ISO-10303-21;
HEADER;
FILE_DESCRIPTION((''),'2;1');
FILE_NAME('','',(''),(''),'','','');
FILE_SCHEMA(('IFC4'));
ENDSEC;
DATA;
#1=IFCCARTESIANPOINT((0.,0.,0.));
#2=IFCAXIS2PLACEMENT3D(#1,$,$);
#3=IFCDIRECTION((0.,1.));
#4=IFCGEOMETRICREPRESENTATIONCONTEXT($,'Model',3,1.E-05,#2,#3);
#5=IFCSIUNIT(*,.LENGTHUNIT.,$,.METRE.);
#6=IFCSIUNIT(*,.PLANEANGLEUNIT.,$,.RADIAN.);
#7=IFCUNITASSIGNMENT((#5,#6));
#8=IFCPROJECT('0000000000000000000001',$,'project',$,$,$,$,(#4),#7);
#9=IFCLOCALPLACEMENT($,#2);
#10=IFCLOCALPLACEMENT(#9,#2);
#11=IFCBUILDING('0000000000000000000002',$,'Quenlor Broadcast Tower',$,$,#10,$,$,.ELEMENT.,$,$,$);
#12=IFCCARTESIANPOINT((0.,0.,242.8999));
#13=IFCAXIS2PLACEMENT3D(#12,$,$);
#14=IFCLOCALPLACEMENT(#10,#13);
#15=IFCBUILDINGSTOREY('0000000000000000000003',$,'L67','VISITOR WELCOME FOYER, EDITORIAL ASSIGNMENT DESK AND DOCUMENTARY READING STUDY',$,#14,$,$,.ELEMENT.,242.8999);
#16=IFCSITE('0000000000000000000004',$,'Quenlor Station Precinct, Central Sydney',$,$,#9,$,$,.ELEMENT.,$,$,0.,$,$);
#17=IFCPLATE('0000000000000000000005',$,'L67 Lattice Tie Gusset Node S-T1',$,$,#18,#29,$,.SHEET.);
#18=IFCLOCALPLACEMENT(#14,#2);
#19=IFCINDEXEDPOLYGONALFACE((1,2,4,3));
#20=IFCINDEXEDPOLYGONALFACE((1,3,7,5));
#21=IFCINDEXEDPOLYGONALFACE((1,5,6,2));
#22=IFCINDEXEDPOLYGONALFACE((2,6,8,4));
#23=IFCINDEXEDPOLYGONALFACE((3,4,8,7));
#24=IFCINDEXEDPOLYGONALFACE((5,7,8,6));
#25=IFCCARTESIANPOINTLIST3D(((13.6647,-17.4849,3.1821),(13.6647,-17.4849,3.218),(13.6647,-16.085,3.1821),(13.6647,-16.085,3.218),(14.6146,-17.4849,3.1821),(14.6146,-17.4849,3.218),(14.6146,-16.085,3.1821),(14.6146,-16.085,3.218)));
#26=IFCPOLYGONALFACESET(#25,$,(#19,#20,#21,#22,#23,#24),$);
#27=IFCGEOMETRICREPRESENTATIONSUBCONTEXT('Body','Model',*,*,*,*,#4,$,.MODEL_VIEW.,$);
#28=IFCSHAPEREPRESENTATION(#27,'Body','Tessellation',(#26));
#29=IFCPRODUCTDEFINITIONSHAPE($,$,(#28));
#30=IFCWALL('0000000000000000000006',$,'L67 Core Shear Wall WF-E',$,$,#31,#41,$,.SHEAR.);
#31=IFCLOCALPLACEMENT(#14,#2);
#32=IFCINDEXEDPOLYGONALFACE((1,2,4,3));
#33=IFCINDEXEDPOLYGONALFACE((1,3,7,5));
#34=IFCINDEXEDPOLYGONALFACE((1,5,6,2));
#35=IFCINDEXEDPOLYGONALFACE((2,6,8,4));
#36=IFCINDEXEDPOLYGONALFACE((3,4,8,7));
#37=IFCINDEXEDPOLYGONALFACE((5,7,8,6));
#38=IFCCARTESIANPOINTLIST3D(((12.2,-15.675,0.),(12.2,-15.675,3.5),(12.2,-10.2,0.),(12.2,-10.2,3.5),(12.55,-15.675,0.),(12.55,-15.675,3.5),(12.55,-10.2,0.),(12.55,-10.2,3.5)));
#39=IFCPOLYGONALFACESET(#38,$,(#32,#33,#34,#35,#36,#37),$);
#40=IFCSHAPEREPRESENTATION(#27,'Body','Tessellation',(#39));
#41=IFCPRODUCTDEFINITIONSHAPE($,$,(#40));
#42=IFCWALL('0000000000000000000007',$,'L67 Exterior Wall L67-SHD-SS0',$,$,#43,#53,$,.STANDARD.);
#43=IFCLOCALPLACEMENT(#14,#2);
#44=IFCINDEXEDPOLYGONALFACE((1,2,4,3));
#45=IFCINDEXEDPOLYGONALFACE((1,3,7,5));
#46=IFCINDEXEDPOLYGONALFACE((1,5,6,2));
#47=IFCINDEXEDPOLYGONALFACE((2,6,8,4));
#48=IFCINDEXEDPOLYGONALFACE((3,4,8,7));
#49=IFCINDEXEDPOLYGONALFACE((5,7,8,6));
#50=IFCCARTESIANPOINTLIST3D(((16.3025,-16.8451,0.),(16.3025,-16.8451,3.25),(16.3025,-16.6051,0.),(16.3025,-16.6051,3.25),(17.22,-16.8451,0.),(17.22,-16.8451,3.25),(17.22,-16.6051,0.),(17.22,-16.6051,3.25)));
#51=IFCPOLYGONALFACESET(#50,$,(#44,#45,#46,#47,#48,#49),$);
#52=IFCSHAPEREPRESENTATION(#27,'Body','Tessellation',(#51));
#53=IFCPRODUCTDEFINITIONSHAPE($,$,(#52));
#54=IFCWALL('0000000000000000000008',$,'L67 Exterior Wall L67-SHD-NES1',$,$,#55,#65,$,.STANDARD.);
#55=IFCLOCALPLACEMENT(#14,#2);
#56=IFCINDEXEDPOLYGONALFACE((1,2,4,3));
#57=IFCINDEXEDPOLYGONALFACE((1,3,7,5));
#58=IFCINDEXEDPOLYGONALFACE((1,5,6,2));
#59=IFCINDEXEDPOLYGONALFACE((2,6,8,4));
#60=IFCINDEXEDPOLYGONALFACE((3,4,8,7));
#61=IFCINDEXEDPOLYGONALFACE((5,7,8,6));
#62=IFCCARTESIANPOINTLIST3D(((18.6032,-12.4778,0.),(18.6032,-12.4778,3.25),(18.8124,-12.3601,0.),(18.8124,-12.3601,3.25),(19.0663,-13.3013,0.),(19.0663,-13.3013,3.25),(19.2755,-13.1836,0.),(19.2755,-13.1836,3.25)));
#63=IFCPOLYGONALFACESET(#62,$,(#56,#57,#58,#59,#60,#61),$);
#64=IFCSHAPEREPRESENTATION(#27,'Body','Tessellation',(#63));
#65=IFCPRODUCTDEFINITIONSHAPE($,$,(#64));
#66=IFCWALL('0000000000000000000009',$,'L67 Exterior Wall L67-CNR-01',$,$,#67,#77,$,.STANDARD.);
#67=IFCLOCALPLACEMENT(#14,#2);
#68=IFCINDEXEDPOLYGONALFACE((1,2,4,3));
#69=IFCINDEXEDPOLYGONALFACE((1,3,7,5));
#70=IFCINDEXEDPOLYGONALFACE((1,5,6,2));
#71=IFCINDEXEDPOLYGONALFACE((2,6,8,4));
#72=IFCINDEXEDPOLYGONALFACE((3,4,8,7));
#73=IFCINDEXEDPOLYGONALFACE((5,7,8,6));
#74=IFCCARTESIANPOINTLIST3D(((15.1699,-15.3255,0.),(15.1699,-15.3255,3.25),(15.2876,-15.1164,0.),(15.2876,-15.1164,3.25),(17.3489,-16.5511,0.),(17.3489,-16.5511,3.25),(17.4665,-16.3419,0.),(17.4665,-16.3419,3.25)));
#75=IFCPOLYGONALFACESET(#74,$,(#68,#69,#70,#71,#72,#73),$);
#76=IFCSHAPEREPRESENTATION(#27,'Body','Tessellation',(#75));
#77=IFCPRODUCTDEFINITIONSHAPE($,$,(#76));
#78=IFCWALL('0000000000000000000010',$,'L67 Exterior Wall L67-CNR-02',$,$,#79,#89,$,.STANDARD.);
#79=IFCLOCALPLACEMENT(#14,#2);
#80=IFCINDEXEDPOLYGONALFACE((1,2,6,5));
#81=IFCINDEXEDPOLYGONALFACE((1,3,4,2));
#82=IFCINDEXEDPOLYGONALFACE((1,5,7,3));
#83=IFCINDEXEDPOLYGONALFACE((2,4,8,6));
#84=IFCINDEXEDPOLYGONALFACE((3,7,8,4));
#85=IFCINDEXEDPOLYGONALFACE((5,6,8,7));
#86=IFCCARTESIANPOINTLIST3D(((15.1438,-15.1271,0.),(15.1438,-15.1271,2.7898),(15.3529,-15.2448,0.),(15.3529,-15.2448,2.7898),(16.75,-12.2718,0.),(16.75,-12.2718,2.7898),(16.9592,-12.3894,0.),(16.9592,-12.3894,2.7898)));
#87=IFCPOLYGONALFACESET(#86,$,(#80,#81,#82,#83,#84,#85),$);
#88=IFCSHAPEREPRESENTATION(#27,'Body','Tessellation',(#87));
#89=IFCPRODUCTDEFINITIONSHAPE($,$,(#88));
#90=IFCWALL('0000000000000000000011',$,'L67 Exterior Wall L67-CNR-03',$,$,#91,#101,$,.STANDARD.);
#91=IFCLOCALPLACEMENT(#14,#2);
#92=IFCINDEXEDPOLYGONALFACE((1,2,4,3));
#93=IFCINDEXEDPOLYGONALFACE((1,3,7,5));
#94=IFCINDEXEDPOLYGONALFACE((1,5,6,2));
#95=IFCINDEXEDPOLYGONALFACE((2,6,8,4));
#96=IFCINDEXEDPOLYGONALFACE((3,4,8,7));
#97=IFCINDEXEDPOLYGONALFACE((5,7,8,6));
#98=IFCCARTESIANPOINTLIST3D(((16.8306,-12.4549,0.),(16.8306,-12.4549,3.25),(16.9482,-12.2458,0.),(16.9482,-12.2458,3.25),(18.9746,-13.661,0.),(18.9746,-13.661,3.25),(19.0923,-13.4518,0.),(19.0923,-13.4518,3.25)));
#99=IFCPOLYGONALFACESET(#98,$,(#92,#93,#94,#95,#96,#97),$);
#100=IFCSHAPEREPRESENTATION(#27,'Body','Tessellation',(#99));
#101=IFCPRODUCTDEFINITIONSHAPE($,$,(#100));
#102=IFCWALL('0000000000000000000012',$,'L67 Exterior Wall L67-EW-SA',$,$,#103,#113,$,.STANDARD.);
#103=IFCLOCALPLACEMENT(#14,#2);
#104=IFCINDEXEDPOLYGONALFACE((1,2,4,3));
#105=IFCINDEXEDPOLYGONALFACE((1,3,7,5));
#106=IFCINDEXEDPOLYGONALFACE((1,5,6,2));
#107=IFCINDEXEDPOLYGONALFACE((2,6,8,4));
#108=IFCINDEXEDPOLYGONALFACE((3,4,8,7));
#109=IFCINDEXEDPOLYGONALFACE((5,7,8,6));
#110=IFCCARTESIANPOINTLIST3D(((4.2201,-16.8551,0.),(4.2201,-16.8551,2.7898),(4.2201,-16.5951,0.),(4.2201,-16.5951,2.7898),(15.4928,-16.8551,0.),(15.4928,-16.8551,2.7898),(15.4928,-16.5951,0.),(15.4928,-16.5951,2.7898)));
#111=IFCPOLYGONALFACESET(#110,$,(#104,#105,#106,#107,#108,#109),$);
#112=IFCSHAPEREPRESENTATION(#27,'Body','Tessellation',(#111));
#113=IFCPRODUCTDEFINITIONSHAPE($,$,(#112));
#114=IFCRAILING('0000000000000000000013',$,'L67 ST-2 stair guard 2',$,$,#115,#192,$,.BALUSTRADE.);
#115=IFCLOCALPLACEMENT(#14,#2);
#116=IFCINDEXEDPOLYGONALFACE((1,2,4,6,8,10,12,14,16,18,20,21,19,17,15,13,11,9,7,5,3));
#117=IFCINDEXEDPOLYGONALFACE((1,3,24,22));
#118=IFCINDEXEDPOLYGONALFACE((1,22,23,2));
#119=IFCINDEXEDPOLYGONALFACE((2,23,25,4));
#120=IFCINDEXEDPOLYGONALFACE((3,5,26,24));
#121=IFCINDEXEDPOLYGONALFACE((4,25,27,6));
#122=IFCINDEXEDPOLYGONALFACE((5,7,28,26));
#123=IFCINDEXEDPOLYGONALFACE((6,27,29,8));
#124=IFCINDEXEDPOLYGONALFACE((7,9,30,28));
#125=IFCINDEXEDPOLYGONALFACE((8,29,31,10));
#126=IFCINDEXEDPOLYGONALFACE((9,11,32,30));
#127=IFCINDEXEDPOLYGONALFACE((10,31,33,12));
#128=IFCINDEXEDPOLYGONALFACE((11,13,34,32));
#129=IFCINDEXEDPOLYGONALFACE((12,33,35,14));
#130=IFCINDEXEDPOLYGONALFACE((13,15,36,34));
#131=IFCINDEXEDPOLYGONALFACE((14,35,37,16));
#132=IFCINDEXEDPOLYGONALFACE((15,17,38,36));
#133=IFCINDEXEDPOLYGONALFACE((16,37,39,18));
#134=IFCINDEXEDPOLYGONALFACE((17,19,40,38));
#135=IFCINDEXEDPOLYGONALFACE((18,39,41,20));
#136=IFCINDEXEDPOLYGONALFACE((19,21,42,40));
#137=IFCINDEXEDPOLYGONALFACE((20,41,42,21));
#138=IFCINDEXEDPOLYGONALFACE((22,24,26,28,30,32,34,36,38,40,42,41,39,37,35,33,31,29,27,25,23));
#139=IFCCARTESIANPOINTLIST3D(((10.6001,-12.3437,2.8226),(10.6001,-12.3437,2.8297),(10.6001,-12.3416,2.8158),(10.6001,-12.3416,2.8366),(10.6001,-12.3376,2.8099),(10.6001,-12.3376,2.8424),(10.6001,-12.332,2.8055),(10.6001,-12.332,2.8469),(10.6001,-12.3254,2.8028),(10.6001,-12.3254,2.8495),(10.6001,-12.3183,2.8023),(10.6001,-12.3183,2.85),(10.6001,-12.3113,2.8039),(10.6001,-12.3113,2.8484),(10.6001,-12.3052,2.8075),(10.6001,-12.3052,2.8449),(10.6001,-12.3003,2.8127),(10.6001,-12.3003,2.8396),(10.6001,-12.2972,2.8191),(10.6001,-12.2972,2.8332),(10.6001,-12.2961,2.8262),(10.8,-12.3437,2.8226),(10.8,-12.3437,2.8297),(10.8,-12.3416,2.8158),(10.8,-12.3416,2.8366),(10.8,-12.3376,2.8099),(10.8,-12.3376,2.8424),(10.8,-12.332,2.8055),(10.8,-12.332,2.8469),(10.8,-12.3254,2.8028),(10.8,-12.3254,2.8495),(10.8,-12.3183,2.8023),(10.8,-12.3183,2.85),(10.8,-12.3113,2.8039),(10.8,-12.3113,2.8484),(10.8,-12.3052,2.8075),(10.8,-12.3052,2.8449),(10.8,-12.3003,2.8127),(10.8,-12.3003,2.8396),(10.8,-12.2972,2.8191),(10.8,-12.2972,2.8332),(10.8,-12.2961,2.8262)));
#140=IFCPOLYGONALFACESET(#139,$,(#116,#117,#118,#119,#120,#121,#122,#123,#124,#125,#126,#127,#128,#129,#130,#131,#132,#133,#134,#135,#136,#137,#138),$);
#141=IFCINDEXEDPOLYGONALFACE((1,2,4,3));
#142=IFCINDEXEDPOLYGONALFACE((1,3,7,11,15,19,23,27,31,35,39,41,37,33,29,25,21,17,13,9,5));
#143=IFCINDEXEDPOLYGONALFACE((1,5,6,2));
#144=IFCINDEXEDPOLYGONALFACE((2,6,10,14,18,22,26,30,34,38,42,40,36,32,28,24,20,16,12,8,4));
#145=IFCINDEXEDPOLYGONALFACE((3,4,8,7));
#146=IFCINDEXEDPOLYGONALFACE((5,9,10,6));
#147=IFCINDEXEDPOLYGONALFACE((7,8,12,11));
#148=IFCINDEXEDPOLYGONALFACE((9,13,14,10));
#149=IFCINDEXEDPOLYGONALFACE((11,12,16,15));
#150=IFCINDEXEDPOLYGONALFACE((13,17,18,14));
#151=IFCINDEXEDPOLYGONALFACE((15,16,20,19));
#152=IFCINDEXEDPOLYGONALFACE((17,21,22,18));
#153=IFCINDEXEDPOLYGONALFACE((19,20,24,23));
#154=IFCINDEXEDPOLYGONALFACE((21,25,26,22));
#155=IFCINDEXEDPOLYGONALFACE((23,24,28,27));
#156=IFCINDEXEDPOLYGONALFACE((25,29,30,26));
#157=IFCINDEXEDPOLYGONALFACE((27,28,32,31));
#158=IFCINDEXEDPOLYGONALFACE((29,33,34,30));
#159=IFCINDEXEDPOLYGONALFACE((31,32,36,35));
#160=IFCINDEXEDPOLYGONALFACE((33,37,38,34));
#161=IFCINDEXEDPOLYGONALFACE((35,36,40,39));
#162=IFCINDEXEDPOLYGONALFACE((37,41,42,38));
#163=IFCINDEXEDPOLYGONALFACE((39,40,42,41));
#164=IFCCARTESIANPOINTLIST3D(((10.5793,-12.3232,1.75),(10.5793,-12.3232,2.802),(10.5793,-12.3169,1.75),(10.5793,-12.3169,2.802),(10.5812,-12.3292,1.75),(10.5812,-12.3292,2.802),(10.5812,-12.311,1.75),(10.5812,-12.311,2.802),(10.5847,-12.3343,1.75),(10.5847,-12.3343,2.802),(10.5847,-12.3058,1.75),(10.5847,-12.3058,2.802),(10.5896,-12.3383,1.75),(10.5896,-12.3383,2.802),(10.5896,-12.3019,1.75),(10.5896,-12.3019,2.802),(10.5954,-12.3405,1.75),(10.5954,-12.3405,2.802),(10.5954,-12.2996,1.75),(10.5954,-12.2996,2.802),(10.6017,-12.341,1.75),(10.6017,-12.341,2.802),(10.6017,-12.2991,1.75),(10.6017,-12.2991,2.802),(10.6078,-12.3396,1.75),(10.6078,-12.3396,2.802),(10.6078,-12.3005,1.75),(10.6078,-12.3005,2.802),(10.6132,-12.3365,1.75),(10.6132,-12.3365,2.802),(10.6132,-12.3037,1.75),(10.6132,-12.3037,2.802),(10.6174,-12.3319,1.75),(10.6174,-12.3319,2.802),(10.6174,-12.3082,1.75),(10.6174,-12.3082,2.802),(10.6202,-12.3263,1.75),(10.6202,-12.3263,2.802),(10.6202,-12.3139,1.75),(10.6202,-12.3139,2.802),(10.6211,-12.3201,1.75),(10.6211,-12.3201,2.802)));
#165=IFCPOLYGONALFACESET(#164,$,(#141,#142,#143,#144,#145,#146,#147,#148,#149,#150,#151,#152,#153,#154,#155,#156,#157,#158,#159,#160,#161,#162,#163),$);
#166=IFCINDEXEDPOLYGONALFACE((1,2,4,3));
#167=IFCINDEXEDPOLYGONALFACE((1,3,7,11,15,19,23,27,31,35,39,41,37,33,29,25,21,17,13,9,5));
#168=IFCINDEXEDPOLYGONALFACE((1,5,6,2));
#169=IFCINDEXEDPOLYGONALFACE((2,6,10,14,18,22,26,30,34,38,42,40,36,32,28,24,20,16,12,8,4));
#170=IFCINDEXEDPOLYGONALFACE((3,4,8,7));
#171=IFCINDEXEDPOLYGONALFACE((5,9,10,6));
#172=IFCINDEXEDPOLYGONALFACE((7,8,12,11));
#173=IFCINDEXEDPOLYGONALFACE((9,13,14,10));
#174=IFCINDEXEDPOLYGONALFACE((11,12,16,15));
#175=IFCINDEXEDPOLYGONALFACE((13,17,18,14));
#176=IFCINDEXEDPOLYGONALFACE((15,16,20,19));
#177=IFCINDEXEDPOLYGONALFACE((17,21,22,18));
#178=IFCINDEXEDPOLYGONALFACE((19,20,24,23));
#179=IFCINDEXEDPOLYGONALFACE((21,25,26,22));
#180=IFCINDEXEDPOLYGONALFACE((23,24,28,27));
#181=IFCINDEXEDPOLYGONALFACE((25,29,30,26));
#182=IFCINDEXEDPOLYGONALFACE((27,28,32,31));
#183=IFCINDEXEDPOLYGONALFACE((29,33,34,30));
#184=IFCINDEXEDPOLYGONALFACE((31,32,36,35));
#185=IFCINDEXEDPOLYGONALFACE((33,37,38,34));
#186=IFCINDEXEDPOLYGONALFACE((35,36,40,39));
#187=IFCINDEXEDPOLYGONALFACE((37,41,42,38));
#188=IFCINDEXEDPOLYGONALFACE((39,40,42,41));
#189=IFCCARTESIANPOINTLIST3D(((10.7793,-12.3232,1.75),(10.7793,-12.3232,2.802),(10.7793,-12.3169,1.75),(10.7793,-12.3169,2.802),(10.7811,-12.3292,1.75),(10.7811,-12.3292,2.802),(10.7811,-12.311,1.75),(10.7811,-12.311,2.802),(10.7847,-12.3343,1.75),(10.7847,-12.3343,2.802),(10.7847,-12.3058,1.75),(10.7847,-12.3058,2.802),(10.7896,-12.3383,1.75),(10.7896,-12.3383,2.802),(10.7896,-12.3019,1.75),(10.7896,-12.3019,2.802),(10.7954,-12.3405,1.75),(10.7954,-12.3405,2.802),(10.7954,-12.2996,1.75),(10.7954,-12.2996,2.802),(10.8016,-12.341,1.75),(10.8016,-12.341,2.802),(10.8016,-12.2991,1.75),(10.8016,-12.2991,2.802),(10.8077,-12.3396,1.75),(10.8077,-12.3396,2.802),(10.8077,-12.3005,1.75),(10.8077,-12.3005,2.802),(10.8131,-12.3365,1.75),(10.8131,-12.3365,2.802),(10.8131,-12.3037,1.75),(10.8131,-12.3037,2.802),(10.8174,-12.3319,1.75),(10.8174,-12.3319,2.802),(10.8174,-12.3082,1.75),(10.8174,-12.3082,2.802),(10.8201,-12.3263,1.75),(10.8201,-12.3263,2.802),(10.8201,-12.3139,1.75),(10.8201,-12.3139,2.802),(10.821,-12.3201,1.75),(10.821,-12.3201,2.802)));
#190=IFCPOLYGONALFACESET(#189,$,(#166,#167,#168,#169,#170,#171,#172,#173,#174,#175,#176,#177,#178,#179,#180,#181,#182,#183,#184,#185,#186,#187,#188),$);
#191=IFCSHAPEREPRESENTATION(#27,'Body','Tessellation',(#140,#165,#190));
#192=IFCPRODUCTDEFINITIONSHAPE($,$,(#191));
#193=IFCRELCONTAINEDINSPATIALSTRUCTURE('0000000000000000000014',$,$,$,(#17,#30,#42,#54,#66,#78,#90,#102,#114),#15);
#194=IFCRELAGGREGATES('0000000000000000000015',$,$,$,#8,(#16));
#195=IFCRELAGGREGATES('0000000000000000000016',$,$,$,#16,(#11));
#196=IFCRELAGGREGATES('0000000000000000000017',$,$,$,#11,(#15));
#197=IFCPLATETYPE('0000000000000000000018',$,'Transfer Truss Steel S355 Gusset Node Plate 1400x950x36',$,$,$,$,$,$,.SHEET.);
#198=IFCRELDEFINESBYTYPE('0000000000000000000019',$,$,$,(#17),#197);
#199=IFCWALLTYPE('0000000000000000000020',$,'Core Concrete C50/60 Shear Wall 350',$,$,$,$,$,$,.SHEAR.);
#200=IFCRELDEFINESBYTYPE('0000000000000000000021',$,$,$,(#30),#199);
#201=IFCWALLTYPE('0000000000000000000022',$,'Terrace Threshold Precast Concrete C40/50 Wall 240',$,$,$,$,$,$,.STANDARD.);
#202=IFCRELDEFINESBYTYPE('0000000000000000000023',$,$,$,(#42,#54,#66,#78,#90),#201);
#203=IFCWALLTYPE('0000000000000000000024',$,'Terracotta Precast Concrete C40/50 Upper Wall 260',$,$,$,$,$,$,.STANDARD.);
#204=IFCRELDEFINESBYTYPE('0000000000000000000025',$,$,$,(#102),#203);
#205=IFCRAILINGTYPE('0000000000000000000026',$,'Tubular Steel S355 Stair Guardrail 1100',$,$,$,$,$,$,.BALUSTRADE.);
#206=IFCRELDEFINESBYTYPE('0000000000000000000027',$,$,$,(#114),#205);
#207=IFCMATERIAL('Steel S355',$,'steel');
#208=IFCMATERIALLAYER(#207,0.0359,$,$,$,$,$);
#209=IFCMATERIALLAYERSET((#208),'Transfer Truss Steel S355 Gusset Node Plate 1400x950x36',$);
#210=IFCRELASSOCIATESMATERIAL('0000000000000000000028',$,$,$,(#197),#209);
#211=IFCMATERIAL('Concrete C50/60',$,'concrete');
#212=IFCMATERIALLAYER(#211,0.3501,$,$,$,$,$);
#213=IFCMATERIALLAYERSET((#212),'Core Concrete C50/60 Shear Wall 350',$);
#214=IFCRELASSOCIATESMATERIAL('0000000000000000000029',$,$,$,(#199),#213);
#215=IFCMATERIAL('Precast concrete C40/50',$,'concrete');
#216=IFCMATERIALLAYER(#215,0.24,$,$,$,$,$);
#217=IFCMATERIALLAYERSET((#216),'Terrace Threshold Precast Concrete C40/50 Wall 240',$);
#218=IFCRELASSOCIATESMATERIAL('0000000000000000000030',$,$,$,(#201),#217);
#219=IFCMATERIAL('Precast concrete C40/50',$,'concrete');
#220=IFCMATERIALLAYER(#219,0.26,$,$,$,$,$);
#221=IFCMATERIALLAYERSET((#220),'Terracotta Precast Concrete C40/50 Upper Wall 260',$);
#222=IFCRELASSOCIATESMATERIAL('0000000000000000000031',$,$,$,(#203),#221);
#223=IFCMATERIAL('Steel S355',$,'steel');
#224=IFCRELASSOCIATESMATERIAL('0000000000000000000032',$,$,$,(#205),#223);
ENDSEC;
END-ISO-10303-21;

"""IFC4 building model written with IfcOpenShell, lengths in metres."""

from ifc_helpers import new_model, si_unit, direction, frame, frame_2d, origin, origin_2d, place, context, subcontext, project, spatial, rectangle, circle, extrude, material, layer, layer_set, type_object, element, save


model = new_model("IFC4")

# Units and contexts
model_context = context("Model", 3, precision=1e-05, world=origin(), true_north=direction((0.0, 1.0)))
body_context = subcontext(model_context, "Body", "Model", "MODEL_VIEW")
ifc_project = project(units=[si_unit("LENGTHUNIT", "METRE"), si_unit("PLANEANGLEUNIT", "RADIAN")], contexts=[model_context])

# Site, building, storey
site_placement = place(None, origin())
site = spatial("IfcSite", under=ifc_project, at=site_placement, Name="Quenlor Station Precinct, Central Sydney", CompositionType="ELEMENT", RefElevation=0.0)
building_placement = place(site_placement, origin())
building = spatial("IfcBuilding", under=site, at=building_placement, Name="Quenlor Broadcast Tower", CompositionType="ELEMENT")
storey_placement = place(building_placement, frame((0.0, 0.0, 242.8999)))
storey = spatial("IfcBuildingStorey", under=building, at=storey_placement, Name="L67", Description="VISITOR WELCOME FOYER, EDITORIAL ASSIGNMENT DESK AND DOCUMENTARY READING STUDY", CompositionType="ELEMENT", Elevation=242.8999)

# Plate
ifc_material_1 = material(Name="Steel S355", Category="steel")
ifc_layer_1 = layer(ifc_material_1, 0.0359)
ifc_layer_set_1 = layer_set([ifc_layer_1], Name="Transfer Truss Steel S355 Gusset Node Plate 1400x950x36")
plate_type_1 = type_object("IfcPlateType", Name="Transfer Truss Steel S355 Gusset Node Plate 1400x950x36", PredefinedType="SHEET", material=ifc_layer_set_1)
for number, where, z_axis, x_axis, name in (
    (1, (14.1396, -16.7849, 3.1821), (0.0, 0.0, 1.0), (0.0, -1.0, 0.0), "L67 Lattice Tie Gusset Node S-T1"),
):
    element("IfcPlate", number, at=place(storey_placement, frame(where, z_axis=z_axis, x_axis=x_axis)), inside=storey, type_object=plate_type_1, Name=name, PredefinedType="SHEET", context=body_context, shape_type="SweptSolid", body=[
        extrude(rectangle(XDim=1.3999, YDim=0.95, at=origin_2d()), origin(), (0.0, 0.0, 1.0), 0.0359),
    ])

# Walls
ifc_material_2 = material(Name="Concrete C50/60", Category="concrete")
ifc_layer_2 = layer(ifc_material_2, 0.3501)
ifc_layer_set_2 = layer_set([ifc_layer_2], Name="Core Concrete C50/60 Shear Wall 350")
wall_type_1 = type_object("IfcWallType", Name="Core Concrete C50/60 Shear Wall 350", PredefinedType="SHEAR", material=ifc_layer_set_2)
wall_1_placement = place(storey_placement, frame((12.375, -15.675, 0.0), z_axis=(0.0, 0.0, 1.0), x_axis=(0.0, 1.0, 0.0)))
element("IfcWall", 2, at=wall_1_placement, inside=storey, type_object=wall_type_1, Name="L67 Core Shear Wall WF-E", PredefinedType="SHEAR", context=body_context, shape_type="SweptSolid", body=[
    extrude(rectangle(XDim=5.4751, YDim=0.3501, at=frame_2d((2.7375, 0.0))), origin(), (0.0, 0.0, 1.0), 3.5),
])
ifc_material_3 = material(Name="Precast concrete C40/50", Category="concrete")
ifc_layer_3 = layer(ifc_material_3, 0.24)
ifc_layer_set_3 = layer_set([ifc_layer_3], Name="Terrace Threshold Precast Concrete C40/50 Wall 240")
wall_type_2 = type_object("IfcWallType", Name="Terrace Threshold Precast Concrete C40/50 Wall 240", PredefinedType="STANDARD", material=ifc_layer_set_3)
wall_2_placement = place(storey_placement, frame((17.22, -16.7251, 0.0), z_axis=(0.0, 0.0, 1.0), x_axis=(-1.0, 0.0, 0.0)))
element("IfcWall", 3, at=wall_2_placement, inside=storey, type_object=wall_type_2, Name="L67 Exterior Wall L67-SHD-SS0", PredefinedType="STANDARD", context=body_context, shape_type="SweptSolid", body=[
    extrude(rectangle(XDim=0.9175, YDim=0.24, at=frame_2d((0.4587, 0.0))), origin(), (0.0, 0.0, 1.0), 3.25),
])
wall_3_placement = place(storey_placement, frame((18.7078, -12.4189, 0.0), z_axis=(0.0, 0.0, 1.0), x_axis=(0.4902, -0.87161, 0.0)))
element("IfcWall", 4, at=wall_3_placement, inside=storey, type_object=wall_type_2, Name="L67 Exterior Wall L67-SHD-NES1", PredefinedType="STANDARD", context=body_context, shape_type="SweptSolid", body=[
    extrude(rectangle(XDim=0.9448, YDim=0.24, at=frame_2d((0.4724, 0.0))), origin(), (0.0, 0.0, 1.0), 3.25),
])
wall_4_placement = place(storey_placement, frame((17.4077, -16.4465, 0.0), z_axis=(0.0, 0.0, 1.0), x_axis=(-0.871589, 0.490238, 0.0)))
element("IfcWall", 5, at=wall_4_placement, inside=storey, type_object=wall_type_2, Name="L67 Exterior Wall L67-CNR-01", PredefinedType="STANDARD", context=body_context, shape_type="SweptSolid", body=[
    extrude(rectangle(XDim=2.5, YDim=0.24, at=frame_2d((1.25, 0.0))), origin(), (0.0, 0.0, 1.0), 3.25),
])
wall_5_placement = place(storey_placement, frame((15.2483, -15.186, 0.0), z_axis=(0.0, 0.0, 1.0), x_axis=(0.490293, 0.871558, 0.0)))
element("IfcWall", 6, at=wall_5_placement, inside=storey, type_object=wall_type_2, Name="L67 Exterior Wall L67-CNR-02", PredefinedType="STANDARD", context=body_context, shape_type="SweptSolid", body=[
    extrude(rectangle(XDim=3.2761, YDim=0.24, at=frame_2d((1.6382, 0.0))), origin(), (0.0, 0.0, 1.0), 2.7898),
])
wall_6_placement = place(storey_placement, frame((16.8894, -12.3503, 0.0), z_axis=(0.0, 0.0, 1.0), x_axis=(0.87157, -0.490271, 0.0)))
element("IfcWall", 7, at=wall_6_placement, inside=storey, type_object=wall_type_2, Name="L67 Exterior Wall L67-CNR-03", PredefinedType="STANDARD", context=body_context, shape_type="SweptSolid", body=[
    extrude(rectangle(XDim=2.46, YDim=0.24, at=frame_2d((1.23, 0.0))), origin(), (0.0, 0.0, 1.0), 3.25),
])
ifc_material_4 = material(Name="Precast concrete C40/50", Category="concrete")
ifc_layer_4 = layer(ifc_material_4, 0.26)
ifc_layer_set_4 = layer_set([ifc_layer_4], Name="Terracotta Precast Concrete C40/50 Upper Wall 260")
wall_type_3 = type_object("IfcWallType", Name="Terracotta Precast Concrete C40/50 Upper Wall 260", PredefinedType="STANDARD", material=ifc_layer_set_4)
wall_7_placement = place(storey_placement, frame((15.4927, -16.7251, 0.0), z_axis=(0.0, 0.0, 1.0), x_axis=(-1.0, 0.0, 0.0)))
element("IfcWall", 8, at=wall_7_placement, inside=storey, type_object=wall_type_3, Name="L67 Exterior Wall L67-EW-SA", PredefinedType="STANDARD", context=body_context, shape_type="SweptSolid", body=[
    extrude(rectangle(XDim=11.2727, YDim=0.26, at=frame_2d((5.6362, 0.0))), origin(), (0.0, 0.0, 1.0), 2.7898),
])

# Railing
ifc_material_5 = material(Name="Steel S355", Category="steel")
railing_type = type_object("IfcRailingType", Name="Tubular Steel S355 Stair Guardrail 1100", PredefinedType="BALUSTRADE", material=ifc_material_5)
railing_1_placement = place(storey_placement, frame((10.6001, -12.3201, 1.75)))
element("IfcRailing", 9, at=railing_1_placement, inside=storey, type_object=railing_type, Name="L67 ST-2 stair guard 2", PredefinedType="BALUSTRADE", context=body_context, shape_type="SweptSolid", body=[
    extrude(circle(Radius=0.0239, at=origin_2d()), frame((0.0, 0.0, 1.0762), z_axis=(1.0, 0.0, 0.0), x_axis=(0.0, 1.0, 0.0)), (0.0, 0.0, 1.0), 0.2),
    extrude(circle(Radius=0.021, at=origin_2d()), origin(), (0.0, 0.0, 1.0), 1.052),
    extrude(circle(Radius=0.021, at=origin_2d()), frame((0.2, 0.0, 0.0)), (0.0, 0.0, 1.0), 1.052),
])

save(model, "model.ifc")
